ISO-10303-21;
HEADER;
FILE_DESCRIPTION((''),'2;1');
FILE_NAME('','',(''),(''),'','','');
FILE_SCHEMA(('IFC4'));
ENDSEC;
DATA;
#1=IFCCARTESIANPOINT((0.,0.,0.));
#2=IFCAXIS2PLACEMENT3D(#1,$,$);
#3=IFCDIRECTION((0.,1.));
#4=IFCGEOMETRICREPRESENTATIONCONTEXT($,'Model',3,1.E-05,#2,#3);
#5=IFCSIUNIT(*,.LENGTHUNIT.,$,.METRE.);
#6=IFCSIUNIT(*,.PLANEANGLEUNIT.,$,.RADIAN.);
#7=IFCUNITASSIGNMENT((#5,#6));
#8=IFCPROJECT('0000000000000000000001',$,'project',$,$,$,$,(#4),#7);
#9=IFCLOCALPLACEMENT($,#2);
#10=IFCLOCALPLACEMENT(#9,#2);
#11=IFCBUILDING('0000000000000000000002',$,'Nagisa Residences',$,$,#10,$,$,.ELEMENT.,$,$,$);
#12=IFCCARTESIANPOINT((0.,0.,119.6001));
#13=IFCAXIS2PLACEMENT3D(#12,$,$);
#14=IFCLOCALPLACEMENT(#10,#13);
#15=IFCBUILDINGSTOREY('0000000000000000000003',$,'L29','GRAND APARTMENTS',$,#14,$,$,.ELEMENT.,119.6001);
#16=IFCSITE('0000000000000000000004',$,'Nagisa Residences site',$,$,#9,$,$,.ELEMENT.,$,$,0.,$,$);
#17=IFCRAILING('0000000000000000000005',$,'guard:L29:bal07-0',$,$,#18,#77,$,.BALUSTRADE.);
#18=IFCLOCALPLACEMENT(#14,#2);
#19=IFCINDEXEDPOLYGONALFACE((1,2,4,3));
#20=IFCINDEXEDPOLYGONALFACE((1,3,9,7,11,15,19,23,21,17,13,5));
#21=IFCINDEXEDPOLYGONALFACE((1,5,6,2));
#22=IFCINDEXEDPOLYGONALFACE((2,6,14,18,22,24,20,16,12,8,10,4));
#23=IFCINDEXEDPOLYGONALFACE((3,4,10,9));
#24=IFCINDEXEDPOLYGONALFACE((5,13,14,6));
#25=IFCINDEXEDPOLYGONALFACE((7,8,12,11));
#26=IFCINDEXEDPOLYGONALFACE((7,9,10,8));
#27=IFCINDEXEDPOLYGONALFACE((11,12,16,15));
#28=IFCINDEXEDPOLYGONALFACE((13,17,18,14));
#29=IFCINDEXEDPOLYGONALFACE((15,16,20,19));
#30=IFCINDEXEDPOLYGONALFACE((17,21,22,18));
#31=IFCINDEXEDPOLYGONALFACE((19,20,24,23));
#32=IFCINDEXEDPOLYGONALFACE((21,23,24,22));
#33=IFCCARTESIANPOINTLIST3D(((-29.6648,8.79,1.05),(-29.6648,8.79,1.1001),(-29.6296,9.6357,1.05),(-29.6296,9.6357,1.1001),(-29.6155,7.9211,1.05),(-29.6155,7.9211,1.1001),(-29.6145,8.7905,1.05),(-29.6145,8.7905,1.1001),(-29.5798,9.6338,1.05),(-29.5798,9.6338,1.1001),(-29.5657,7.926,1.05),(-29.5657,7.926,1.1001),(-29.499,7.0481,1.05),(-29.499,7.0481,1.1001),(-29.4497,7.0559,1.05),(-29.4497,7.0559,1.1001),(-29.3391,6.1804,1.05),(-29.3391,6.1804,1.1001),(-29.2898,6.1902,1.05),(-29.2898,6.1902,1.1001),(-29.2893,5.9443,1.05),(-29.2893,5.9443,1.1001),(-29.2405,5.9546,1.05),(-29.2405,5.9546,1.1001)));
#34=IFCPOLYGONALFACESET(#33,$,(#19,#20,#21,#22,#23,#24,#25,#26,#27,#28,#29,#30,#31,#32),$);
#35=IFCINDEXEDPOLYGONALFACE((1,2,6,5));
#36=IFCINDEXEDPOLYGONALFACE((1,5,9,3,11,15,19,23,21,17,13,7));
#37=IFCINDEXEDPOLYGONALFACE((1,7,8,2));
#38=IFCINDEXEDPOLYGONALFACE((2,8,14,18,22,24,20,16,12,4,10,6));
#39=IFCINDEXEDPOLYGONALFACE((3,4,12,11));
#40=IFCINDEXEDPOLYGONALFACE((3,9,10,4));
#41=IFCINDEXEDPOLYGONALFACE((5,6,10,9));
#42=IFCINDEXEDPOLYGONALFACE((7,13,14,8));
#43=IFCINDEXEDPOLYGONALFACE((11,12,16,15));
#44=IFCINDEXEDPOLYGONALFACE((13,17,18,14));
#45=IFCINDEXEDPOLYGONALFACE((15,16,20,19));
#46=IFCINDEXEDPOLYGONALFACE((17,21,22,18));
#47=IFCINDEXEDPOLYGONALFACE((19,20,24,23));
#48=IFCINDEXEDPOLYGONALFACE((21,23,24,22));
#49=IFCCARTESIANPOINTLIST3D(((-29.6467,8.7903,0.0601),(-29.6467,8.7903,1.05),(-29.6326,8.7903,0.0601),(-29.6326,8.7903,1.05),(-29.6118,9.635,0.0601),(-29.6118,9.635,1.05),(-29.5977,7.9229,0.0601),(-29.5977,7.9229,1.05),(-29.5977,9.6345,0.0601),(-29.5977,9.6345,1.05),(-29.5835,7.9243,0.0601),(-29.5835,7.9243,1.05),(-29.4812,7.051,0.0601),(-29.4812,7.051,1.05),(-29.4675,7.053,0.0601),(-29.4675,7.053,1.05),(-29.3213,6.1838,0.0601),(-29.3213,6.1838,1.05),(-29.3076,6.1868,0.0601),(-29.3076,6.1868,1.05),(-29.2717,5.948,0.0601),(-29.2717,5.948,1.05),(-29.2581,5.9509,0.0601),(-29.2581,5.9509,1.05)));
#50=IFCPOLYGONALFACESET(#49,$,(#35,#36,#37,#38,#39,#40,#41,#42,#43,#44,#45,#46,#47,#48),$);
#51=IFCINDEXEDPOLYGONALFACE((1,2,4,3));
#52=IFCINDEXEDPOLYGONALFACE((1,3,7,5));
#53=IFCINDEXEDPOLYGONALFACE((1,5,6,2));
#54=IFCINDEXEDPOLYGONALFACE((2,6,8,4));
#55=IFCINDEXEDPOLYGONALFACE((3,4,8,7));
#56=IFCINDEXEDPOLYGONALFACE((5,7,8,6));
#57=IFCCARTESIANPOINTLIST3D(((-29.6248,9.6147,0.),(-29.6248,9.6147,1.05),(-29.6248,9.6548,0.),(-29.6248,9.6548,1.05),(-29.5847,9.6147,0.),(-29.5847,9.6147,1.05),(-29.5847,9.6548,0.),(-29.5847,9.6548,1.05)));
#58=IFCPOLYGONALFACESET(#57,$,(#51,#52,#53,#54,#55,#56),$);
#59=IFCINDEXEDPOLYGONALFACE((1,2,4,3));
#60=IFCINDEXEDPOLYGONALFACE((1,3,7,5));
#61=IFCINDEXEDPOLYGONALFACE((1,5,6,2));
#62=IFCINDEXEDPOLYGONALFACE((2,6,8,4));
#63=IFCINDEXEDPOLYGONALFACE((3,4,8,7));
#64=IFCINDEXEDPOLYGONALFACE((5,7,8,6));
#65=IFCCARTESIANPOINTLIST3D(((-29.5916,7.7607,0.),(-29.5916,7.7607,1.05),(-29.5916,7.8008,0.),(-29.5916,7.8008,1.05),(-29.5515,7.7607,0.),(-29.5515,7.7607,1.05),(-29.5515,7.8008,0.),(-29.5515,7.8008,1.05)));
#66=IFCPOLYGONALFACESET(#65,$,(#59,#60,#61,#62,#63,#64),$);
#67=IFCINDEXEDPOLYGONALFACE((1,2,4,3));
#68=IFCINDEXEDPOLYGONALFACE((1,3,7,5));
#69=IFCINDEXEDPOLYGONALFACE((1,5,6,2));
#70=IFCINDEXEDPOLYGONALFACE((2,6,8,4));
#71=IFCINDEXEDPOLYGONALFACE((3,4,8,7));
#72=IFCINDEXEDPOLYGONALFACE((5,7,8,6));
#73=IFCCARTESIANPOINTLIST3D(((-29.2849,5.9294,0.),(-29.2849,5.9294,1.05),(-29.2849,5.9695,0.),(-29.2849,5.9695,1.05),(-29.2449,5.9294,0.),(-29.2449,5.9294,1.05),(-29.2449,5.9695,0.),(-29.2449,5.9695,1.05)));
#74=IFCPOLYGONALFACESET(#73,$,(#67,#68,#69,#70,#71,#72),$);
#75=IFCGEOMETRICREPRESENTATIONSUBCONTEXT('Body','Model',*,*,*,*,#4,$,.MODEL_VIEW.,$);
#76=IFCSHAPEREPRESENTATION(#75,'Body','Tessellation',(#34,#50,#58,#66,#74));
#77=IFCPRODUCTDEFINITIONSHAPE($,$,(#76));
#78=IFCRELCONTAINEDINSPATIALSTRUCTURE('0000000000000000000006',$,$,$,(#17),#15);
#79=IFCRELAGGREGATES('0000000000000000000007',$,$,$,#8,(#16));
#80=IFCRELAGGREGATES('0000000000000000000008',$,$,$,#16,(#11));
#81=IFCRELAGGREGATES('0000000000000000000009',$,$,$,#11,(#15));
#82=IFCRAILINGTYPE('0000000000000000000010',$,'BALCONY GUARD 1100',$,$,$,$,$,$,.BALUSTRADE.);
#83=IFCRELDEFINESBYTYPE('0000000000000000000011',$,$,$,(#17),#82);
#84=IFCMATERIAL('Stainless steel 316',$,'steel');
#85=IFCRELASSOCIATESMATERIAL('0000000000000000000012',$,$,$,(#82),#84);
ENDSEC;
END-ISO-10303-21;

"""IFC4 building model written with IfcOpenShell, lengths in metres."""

from ifc_helpers import new_model, si_unit, direction, frame, origin, origin_2d, place, context, subcontext, project, spatial, polyline, rectangle, outline, extrude, material, type_object, element, save


model = new_model("IFC4")

# Units and contexts
model_context = context("Model", 3, precision=1e-05, world=origin(), true_north=direction((0.0, 1.0)))
body_context = subcontext(model_context, "Body", "Model", "MODEL_VIEW")
ifc_project = project(units=[si_unit("LENGTHUNIT", "METRE"), si_unit("PLANEANGLEUNIT", "RADIAN")], contexts=[model_context])

# Site, building, storey
site_placement = place(None, origin())
site = spatial("IfcSite", under=ifc_project, at=site_placement, Name="Nagisa Residences site", CompositionType="ELEMENT", RefElevation=0.0)
building_placement = place(site_placement, origin())
building = spatial("IfcBuilding", under=site, at=building_placement, Name="Nagisa Residences", CompositionType="ELEMENT")
storey_placement = place(building_placement, frame((0.0, 0.0, 119.6001)))
storey = spatial("IfcBuildingStorey", under=building, at=storey_placement, Name="L29", Description="GRAND APARTMENTS", CompositionType="ELEMENT", Elevation=119.6001)

# Railing
ifc_material_1 = material(Name="Stainless steel 316", Category="steel")
railing_type = type_object("IfcRailingType", Name="BALCONY GUARD 1100", PredefinedType="BALUSTRADE", material=ifc_material_1)
railing_placement = place(storey_placement, frame((-29.6047, 9.6348, 0.0)))
element("IfcRailing", 1, at=railing_placement, inside=storey, type_object=railing_type, Name="guard:L29:bal07-0", PredefinedType="BALUSTRADE", context=body_context, shape_type="SweptSolid", body=[
    extrude(outline(polyline([(-0.0098, -0.8442), (0.0249, -0.001), (-0.0249, 0.001), (-0.0601, -0.8447), (-0.0107, -1.7136), (0.1057, -2.5867), (0.2656, -3.4543), (0.3154, -3.6904), (0.3643, -3.6802), (0.3149, -3.4446), (0.155, -2.5789), (0.0391, -1.7087), (-0.0098, -0.8442)])), frame((0.0, 0.0, 1.05)), (0.0, 0.0, 1.0), 0.05),
    extrude(outline(polyline([(-0.0278, -0.8445), (0.0071, -0.0002), (-0.0071, 0.0002), (-0.042, -0.8445), (0.0071, -1.7119), (0.1235, -2.5837), (0.2834, -3.4509), (0.333, -3.6868), (0.3467, -3.6838), (0.2971, -3.448), (0.1372, -2.5818), (0.0212, -1.7104), (-0.0278, -0.8445)])), frame((0.0, 0.0, 0.0601)), (0.0, 0.0, 1.0), 0.99),
    extrude(rectangle(XDim=0.04, YDim=0.04, at=origin_2d()), origin(), (0.0, 0.0, 1.0), 1.05),
    extrude(rectangle(XDim=0.04, YDim=0.04, at=origin_2d()), frame((0.0332, -1.854, 0.0)), (0.0, 0.0, 1.0), 1.05),
    extrude(rectangle(XDim=0.04, YDim=0.04, at=origin_2d()), frame((0.3398, -3.6853, 0.0)), (0.0, 0.0, 1.0), 1.05),
])

save(model, "model.ifc")
